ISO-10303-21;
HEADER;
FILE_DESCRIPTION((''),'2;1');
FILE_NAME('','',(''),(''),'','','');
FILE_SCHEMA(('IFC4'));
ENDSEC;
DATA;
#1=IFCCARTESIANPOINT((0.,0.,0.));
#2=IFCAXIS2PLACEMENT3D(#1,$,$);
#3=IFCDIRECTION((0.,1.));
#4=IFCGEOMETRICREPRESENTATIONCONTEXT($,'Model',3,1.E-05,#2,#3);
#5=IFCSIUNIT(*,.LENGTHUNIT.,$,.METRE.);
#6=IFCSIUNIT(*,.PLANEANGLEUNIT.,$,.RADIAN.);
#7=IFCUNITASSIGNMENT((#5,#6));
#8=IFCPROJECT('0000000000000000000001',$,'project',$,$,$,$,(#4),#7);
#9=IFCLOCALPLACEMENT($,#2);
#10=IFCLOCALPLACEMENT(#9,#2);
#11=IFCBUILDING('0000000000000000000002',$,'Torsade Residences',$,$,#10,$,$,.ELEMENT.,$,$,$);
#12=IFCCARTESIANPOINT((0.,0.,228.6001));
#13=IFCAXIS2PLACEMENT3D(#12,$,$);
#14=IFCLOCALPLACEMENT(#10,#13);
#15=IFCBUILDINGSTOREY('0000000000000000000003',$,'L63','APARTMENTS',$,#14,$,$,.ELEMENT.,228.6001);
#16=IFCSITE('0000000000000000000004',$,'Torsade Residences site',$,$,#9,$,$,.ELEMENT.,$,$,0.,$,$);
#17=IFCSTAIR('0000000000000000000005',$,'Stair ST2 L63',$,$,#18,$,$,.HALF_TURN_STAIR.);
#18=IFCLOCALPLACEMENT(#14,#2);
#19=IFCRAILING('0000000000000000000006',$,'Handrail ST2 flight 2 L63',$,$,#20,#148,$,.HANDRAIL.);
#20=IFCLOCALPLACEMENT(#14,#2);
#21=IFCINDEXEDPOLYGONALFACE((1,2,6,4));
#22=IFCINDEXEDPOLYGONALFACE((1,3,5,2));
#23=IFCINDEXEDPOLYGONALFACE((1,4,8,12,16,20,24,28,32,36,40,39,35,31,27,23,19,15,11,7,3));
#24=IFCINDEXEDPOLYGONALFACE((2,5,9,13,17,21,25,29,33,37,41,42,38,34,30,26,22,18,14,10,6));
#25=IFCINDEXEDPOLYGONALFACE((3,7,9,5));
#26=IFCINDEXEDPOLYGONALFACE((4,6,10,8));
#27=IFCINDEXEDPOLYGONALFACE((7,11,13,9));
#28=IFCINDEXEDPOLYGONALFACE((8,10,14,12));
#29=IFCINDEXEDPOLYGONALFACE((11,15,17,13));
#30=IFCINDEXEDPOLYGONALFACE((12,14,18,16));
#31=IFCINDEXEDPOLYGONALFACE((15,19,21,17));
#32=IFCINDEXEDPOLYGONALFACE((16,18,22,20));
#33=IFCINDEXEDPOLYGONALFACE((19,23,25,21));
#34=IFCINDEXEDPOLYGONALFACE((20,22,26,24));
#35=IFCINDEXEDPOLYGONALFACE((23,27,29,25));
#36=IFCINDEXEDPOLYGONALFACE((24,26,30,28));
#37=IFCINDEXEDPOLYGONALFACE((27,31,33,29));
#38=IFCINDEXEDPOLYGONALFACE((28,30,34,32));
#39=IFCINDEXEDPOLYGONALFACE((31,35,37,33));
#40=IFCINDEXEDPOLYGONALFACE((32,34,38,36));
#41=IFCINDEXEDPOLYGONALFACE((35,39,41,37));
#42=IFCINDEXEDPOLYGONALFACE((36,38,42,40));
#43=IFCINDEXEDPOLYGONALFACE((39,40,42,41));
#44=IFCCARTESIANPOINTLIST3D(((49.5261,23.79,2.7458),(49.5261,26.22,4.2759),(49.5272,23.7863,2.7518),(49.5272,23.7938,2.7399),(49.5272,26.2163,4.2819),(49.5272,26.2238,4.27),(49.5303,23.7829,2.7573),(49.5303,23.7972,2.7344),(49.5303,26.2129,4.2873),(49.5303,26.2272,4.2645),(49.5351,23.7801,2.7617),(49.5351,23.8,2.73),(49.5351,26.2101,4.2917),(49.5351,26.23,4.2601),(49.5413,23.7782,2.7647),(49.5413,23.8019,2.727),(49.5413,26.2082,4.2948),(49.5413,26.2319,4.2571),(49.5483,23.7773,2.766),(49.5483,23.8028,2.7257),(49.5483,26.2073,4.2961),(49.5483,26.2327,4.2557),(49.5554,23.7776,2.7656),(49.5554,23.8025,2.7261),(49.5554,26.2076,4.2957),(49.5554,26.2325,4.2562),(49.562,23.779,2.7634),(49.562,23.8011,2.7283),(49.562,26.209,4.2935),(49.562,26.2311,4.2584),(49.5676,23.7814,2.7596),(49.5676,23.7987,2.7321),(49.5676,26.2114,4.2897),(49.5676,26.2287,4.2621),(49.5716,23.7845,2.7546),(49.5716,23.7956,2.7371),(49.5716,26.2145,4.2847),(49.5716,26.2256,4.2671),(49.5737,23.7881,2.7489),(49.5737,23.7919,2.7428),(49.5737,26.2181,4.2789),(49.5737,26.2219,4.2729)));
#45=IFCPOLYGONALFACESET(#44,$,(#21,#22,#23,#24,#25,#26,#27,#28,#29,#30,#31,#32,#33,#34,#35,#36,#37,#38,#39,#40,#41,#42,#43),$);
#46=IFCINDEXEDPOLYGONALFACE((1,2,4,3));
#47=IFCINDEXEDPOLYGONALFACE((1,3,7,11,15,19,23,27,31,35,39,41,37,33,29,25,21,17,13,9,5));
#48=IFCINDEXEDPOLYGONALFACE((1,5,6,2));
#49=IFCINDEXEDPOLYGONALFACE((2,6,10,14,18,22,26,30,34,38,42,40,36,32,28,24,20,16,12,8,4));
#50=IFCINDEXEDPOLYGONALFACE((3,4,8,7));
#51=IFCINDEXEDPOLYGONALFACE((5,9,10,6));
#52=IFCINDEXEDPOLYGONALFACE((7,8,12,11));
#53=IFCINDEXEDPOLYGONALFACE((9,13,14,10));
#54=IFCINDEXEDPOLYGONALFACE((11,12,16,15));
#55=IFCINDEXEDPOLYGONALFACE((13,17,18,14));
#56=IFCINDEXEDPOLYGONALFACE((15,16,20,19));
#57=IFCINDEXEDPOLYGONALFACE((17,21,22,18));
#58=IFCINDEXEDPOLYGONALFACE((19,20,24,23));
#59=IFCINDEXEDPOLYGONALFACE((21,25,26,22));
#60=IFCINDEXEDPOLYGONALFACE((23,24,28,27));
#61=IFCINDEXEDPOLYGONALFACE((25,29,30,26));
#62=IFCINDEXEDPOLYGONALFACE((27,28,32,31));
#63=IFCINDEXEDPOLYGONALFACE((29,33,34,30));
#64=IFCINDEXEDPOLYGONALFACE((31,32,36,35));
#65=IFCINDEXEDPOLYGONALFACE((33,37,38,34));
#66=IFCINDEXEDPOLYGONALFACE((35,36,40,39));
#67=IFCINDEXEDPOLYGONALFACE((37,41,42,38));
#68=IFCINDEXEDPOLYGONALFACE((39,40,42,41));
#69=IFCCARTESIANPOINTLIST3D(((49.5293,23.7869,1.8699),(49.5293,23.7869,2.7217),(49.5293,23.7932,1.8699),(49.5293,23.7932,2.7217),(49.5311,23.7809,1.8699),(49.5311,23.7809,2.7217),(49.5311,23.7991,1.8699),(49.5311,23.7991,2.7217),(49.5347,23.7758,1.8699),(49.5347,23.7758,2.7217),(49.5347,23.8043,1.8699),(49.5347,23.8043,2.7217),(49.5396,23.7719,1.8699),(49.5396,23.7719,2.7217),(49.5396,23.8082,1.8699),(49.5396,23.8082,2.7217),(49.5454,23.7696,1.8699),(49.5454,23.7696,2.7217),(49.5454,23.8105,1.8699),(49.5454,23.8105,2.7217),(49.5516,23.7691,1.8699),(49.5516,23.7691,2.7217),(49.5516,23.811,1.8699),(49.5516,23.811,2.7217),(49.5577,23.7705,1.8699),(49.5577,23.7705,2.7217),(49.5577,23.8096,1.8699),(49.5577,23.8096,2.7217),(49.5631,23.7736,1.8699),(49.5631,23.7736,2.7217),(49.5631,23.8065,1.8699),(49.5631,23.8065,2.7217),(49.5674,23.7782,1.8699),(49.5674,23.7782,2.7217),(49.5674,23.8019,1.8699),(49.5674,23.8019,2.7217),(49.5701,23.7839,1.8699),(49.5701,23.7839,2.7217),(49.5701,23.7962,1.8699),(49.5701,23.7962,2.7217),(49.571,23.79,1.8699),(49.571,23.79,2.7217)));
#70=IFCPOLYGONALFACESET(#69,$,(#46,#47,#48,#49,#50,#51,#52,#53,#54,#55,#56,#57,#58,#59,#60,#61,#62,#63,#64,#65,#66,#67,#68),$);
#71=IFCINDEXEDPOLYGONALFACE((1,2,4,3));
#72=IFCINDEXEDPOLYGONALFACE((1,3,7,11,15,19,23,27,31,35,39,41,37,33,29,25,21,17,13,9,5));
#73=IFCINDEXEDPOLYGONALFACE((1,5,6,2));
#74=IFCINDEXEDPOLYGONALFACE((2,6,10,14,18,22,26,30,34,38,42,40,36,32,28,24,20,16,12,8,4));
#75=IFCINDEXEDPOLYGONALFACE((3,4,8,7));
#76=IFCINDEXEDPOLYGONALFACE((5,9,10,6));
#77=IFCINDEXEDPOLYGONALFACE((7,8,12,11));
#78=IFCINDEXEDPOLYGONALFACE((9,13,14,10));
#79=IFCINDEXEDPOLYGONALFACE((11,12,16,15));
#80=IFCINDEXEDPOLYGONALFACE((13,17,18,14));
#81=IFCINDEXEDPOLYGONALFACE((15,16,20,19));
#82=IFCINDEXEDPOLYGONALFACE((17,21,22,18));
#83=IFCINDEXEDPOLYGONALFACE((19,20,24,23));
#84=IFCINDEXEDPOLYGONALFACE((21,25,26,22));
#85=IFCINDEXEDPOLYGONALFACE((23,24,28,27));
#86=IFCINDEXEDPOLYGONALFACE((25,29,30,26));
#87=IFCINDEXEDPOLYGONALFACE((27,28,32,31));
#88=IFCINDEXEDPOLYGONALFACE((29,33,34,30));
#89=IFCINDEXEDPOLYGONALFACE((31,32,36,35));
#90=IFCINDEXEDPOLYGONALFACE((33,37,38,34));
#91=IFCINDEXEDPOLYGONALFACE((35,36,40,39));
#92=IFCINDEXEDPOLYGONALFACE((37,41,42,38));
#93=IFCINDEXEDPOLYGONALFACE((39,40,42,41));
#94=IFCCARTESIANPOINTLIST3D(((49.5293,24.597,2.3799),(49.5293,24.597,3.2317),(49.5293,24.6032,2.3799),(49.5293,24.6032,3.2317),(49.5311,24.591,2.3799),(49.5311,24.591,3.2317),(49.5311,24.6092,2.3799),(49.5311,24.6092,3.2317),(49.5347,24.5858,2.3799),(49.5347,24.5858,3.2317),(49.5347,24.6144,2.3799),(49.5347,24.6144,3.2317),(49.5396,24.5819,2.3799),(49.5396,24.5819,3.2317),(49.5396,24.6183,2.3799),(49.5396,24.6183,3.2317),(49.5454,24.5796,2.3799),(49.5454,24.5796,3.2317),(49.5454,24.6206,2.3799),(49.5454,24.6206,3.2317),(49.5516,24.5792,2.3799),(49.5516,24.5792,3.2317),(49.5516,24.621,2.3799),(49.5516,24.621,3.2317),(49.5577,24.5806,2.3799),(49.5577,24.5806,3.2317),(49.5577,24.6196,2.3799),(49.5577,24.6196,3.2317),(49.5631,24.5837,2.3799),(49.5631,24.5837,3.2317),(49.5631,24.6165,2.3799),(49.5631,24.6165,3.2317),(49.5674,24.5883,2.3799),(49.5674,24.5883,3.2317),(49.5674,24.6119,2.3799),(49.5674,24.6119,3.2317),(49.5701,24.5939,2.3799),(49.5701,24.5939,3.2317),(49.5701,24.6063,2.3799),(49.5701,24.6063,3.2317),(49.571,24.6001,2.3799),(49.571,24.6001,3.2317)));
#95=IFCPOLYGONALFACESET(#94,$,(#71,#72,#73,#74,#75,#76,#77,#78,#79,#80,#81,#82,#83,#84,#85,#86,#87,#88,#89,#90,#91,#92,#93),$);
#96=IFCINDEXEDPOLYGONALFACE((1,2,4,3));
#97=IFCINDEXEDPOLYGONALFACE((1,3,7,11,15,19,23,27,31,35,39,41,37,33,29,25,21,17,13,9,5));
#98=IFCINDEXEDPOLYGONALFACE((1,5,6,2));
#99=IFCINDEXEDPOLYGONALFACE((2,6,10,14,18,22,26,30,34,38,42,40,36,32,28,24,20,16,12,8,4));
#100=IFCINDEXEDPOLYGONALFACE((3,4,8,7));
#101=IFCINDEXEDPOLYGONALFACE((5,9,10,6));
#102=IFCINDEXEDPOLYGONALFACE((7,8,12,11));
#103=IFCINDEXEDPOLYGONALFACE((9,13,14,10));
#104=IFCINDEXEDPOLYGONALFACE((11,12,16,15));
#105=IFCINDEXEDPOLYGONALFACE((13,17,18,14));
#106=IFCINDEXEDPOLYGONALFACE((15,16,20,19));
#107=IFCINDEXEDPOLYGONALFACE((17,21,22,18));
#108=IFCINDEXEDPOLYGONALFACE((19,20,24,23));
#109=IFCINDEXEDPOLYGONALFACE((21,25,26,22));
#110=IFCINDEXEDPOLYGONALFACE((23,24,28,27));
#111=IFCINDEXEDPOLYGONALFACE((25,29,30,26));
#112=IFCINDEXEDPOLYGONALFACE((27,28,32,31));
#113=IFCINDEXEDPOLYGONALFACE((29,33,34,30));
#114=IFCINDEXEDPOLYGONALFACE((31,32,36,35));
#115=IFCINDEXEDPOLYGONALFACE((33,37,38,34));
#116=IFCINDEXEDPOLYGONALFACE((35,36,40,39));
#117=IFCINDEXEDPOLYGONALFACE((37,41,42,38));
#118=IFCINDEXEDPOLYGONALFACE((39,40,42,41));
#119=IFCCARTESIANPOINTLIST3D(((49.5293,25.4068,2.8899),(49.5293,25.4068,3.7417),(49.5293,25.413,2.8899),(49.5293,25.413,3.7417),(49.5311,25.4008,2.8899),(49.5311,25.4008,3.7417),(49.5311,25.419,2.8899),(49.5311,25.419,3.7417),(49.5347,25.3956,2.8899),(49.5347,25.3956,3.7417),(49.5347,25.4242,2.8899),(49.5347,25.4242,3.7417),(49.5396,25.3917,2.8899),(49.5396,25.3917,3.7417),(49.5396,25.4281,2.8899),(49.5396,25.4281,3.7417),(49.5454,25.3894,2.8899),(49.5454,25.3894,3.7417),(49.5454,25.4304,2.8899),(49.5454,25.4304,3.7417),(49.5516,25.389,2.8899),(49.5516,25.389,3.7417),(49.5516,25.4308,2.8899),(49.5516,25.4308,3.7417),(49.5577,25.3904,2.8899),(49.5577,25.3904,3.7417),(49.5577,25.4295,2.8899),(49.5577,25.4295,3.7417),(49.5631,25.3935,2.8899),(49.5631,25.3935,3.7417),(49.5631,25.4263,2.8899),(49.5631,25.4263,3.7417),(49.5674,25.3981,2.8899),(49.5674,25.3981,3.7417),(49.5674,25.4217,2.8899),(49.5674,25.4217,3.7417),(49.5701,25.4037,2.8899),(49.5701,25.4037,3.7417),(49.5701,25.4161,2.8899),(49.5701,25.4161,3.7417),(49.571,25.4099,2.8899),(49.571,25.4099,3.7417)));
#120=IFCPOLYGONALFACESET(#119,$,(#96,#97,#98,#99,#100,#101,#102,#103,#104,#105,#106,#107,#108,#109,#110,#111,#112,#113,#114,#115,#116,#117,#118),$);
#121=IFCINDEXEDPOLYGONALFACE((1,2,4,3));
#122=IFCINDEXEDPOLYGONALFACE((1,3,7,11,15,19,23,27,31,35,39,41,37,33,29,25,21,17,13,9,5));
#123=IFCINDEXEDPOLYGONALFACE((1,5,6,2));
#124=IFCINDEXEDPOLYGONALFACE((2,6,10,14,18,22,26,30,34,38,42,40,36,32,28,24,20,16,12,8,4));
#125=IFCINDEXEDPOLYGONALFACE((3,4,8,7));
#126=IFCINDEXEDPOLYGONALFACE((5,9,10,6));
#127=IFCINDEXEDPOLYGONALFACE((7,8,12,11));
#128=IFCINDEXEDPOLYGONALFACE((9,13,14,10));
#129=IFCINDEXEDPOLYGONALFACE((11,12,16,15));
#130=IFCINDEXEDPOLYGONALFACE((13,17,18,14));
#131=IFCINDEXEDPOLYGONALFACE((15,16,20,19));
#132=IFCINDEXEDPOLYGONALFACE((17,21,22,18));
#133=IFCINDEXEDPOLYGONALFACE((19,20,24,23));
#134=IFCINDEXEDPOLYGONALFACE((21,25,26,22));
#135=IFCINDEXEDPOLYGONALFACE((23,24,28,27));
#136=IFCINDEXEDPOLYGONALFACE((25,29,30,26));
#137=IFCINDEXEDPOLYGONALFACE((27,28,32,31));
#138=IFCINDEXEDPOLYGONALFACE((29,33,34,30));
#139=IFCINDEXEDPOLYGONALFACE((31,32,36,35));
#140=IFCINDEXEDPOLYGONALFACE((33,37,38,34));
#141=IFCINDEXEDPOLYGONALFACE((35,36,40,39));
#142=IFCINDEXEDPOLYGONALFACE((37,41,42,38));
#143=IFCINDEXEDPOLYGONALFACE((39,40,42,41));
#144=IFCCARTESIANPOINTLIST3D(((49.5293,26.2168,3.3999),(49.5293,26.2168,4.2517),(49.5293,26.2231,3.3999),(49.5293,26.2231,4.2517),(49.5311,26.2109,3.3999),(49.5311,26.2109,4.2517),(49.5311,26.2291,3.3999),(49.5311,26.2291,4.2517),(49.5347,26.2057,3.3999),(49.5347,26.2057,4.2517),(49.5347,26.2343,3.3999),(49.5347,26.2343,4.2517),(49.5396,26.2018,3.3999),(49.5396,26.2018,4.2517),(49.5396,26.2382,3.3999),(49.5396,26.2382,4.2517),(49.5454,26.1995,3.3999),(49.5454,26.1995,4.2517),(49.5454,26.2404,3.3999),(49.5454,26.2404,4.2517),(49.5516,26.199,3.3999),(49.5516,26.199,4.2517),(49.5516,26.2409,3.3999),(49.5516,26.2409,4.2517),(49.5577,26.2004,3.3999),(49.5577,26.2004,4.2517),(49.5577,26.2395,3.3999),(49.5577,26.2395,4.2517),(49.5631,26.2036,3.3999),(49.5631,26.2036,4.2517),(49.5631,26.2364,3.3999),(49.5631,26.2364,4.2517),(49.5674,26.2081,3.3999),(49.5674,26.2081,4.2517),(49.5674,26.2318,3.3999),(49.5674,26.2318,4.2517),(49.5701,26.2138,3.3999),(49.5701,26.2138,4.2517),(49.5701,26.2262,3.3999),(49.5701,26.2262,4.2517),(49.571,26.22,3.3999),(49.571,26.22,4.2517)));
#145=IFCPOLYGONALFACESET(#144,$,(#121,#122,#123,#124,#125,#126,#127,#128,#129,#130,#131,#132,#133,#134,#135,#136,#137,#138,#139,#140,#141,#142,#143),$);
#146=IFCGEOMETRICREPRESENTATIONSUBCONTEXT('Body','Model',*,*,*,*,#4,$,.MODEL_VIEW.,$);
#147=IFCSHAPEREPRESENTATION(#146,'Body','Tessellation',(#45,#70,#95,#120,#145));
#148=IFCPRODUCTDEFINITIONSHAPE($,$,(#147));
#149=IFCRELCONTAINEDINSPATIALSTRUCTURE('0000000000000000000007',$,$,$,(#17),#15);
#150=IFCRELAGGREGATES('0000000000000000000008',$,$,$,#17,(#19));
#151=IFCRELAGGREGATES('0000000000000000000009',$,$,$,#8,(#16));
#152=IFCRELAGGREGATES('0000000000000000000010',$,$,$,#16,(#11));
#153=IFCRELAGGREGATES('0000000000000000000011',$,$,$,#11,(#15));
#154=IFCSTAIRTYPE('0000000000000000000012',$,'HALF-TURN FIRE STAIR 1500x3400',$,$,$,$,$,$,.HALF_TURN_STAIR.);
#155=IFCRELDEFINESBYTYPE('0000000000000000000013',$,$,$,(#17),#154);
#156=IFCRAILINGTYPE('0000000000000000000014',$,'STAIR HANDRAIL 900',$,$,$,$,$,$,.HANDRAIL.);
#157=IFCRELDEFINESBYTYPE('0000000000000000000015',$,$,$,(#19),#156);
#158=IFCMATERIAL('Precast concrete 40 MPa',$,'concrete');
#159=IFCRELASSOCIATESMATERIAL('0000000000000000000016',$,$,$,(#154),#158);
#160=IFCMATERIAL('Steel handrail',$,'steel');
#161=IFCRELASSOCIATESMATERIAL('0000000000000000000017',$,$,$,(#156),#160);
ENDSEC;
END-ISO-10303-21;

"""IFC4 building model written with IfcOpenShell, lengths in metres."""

from ifc_helpers import new_model, si_unit, direction, frame, origin, origin_2d, place, context, subcontext, project, spatial, circle, extrude, material, type_object, element, aggregate, save


model = new_model("IFC4")

# Units and contexts
model_context = context("Model", 3, precision=1e-05, world=origin(), true_north=direction((0.0, 1.0)))
body_context = subcontext(model_context, "Body", "Model", "MODEL_VIEW")
ifc_project = project(units=[si_unit("LENGTHUNIT", "METRE"), si_unit("PLANEANGLEUNIT", "RADIAN")], contexts=[model_context])

# Site, building, storey
site_placement = place(None, origin())
site = spatial("IfcSite", under=ifc_project, at=site_placement, Name="Torsade Residences site", CompositionType="ELEMENT", RefElevation=0.0)
building_placement = place(site_placement, origin())
building = spatial("IfcBuilding", under=site, at=building_placement, Name="Torsade Residences", CompositionType="ELEMENT")
storey_placement = place(building_placement, frame((0.0, 0.0, 228.6001)))
storey = spatial("IfcBuildingStorey", under=building, at=storey_placement, Name="L63", Description="APARTMENTS", CompositionType="ELEMENT", Elevation=228.6001)

# Stair, railing
ifc_material_1 = material(Name="Precast concrete 40 MPa", Category="concrete")
stair_type = type_object("IfcStairType", Name="HALF-TURN FIRE STAIR 1500x3400", PredefinedType="HALF_TURN_STAIR", material=ifc_material_1)
stair_placement = place(storey_placement, origin())
stair = element("IfcStair", 1, at=stair_placement, inside=storey, type_object=stair_type, Name="Stair ST2 L63", PredefinedType="HALF_TURN_STAIR")
ifc_material_2 = material(Name="Steel handrail", Category="steel")
railing_type = type_object("IfcRailingType", Name="STAIR HANDRAIL 900", PredefinedType="HANDRAIL", material=ifc_material_2)
railing_1_placement = place(storey_placement, frame((49.55, 23.79, 1.8699)))
railing_1 = element("IfcRailing", 2, at=railing_1_placement, type_object=railing_type, Name="Handrail ST2 flight 2 L63", PredefinedType="HANDRAIL", context=body_context, shape_type="SweptSolid", body=[
    extrude(circle(Radius=0.0239, at=origin_2d()), frame((0.0, 0.0, 0.876), z_axis=(0.0, 0.846221, 0.532831), x_axis=(-1.0, 0.0, 0.0)), (0.0, 0.0, 1.0), 2.8716),
    extrude(circle(Radius=0.021, at=origin_2d()), origin(), (0.0, 0.0, 1.0), 0.8518),
    extrude(circle(Radius=0.021, at=origin_2d()), frame((0.0, 0.8101, 0.51)), (0.0, 0.0, 1.0), 0.8518),
    extrude(circle(Radius=0.021, at=origin_2d()), frame((0.0, 1.6199, 1.02)), (0.0, 0.0, 1.0), 0.8518),
    extrude(circle(Radius=0.021, at=origin_2d()), frame((0.0, 2.4299, 1.53)), (0.0, 0.0, 1.0), 0.8518),
])
aggregate(stair, [railing_1])

save(model, "model.ifc")
